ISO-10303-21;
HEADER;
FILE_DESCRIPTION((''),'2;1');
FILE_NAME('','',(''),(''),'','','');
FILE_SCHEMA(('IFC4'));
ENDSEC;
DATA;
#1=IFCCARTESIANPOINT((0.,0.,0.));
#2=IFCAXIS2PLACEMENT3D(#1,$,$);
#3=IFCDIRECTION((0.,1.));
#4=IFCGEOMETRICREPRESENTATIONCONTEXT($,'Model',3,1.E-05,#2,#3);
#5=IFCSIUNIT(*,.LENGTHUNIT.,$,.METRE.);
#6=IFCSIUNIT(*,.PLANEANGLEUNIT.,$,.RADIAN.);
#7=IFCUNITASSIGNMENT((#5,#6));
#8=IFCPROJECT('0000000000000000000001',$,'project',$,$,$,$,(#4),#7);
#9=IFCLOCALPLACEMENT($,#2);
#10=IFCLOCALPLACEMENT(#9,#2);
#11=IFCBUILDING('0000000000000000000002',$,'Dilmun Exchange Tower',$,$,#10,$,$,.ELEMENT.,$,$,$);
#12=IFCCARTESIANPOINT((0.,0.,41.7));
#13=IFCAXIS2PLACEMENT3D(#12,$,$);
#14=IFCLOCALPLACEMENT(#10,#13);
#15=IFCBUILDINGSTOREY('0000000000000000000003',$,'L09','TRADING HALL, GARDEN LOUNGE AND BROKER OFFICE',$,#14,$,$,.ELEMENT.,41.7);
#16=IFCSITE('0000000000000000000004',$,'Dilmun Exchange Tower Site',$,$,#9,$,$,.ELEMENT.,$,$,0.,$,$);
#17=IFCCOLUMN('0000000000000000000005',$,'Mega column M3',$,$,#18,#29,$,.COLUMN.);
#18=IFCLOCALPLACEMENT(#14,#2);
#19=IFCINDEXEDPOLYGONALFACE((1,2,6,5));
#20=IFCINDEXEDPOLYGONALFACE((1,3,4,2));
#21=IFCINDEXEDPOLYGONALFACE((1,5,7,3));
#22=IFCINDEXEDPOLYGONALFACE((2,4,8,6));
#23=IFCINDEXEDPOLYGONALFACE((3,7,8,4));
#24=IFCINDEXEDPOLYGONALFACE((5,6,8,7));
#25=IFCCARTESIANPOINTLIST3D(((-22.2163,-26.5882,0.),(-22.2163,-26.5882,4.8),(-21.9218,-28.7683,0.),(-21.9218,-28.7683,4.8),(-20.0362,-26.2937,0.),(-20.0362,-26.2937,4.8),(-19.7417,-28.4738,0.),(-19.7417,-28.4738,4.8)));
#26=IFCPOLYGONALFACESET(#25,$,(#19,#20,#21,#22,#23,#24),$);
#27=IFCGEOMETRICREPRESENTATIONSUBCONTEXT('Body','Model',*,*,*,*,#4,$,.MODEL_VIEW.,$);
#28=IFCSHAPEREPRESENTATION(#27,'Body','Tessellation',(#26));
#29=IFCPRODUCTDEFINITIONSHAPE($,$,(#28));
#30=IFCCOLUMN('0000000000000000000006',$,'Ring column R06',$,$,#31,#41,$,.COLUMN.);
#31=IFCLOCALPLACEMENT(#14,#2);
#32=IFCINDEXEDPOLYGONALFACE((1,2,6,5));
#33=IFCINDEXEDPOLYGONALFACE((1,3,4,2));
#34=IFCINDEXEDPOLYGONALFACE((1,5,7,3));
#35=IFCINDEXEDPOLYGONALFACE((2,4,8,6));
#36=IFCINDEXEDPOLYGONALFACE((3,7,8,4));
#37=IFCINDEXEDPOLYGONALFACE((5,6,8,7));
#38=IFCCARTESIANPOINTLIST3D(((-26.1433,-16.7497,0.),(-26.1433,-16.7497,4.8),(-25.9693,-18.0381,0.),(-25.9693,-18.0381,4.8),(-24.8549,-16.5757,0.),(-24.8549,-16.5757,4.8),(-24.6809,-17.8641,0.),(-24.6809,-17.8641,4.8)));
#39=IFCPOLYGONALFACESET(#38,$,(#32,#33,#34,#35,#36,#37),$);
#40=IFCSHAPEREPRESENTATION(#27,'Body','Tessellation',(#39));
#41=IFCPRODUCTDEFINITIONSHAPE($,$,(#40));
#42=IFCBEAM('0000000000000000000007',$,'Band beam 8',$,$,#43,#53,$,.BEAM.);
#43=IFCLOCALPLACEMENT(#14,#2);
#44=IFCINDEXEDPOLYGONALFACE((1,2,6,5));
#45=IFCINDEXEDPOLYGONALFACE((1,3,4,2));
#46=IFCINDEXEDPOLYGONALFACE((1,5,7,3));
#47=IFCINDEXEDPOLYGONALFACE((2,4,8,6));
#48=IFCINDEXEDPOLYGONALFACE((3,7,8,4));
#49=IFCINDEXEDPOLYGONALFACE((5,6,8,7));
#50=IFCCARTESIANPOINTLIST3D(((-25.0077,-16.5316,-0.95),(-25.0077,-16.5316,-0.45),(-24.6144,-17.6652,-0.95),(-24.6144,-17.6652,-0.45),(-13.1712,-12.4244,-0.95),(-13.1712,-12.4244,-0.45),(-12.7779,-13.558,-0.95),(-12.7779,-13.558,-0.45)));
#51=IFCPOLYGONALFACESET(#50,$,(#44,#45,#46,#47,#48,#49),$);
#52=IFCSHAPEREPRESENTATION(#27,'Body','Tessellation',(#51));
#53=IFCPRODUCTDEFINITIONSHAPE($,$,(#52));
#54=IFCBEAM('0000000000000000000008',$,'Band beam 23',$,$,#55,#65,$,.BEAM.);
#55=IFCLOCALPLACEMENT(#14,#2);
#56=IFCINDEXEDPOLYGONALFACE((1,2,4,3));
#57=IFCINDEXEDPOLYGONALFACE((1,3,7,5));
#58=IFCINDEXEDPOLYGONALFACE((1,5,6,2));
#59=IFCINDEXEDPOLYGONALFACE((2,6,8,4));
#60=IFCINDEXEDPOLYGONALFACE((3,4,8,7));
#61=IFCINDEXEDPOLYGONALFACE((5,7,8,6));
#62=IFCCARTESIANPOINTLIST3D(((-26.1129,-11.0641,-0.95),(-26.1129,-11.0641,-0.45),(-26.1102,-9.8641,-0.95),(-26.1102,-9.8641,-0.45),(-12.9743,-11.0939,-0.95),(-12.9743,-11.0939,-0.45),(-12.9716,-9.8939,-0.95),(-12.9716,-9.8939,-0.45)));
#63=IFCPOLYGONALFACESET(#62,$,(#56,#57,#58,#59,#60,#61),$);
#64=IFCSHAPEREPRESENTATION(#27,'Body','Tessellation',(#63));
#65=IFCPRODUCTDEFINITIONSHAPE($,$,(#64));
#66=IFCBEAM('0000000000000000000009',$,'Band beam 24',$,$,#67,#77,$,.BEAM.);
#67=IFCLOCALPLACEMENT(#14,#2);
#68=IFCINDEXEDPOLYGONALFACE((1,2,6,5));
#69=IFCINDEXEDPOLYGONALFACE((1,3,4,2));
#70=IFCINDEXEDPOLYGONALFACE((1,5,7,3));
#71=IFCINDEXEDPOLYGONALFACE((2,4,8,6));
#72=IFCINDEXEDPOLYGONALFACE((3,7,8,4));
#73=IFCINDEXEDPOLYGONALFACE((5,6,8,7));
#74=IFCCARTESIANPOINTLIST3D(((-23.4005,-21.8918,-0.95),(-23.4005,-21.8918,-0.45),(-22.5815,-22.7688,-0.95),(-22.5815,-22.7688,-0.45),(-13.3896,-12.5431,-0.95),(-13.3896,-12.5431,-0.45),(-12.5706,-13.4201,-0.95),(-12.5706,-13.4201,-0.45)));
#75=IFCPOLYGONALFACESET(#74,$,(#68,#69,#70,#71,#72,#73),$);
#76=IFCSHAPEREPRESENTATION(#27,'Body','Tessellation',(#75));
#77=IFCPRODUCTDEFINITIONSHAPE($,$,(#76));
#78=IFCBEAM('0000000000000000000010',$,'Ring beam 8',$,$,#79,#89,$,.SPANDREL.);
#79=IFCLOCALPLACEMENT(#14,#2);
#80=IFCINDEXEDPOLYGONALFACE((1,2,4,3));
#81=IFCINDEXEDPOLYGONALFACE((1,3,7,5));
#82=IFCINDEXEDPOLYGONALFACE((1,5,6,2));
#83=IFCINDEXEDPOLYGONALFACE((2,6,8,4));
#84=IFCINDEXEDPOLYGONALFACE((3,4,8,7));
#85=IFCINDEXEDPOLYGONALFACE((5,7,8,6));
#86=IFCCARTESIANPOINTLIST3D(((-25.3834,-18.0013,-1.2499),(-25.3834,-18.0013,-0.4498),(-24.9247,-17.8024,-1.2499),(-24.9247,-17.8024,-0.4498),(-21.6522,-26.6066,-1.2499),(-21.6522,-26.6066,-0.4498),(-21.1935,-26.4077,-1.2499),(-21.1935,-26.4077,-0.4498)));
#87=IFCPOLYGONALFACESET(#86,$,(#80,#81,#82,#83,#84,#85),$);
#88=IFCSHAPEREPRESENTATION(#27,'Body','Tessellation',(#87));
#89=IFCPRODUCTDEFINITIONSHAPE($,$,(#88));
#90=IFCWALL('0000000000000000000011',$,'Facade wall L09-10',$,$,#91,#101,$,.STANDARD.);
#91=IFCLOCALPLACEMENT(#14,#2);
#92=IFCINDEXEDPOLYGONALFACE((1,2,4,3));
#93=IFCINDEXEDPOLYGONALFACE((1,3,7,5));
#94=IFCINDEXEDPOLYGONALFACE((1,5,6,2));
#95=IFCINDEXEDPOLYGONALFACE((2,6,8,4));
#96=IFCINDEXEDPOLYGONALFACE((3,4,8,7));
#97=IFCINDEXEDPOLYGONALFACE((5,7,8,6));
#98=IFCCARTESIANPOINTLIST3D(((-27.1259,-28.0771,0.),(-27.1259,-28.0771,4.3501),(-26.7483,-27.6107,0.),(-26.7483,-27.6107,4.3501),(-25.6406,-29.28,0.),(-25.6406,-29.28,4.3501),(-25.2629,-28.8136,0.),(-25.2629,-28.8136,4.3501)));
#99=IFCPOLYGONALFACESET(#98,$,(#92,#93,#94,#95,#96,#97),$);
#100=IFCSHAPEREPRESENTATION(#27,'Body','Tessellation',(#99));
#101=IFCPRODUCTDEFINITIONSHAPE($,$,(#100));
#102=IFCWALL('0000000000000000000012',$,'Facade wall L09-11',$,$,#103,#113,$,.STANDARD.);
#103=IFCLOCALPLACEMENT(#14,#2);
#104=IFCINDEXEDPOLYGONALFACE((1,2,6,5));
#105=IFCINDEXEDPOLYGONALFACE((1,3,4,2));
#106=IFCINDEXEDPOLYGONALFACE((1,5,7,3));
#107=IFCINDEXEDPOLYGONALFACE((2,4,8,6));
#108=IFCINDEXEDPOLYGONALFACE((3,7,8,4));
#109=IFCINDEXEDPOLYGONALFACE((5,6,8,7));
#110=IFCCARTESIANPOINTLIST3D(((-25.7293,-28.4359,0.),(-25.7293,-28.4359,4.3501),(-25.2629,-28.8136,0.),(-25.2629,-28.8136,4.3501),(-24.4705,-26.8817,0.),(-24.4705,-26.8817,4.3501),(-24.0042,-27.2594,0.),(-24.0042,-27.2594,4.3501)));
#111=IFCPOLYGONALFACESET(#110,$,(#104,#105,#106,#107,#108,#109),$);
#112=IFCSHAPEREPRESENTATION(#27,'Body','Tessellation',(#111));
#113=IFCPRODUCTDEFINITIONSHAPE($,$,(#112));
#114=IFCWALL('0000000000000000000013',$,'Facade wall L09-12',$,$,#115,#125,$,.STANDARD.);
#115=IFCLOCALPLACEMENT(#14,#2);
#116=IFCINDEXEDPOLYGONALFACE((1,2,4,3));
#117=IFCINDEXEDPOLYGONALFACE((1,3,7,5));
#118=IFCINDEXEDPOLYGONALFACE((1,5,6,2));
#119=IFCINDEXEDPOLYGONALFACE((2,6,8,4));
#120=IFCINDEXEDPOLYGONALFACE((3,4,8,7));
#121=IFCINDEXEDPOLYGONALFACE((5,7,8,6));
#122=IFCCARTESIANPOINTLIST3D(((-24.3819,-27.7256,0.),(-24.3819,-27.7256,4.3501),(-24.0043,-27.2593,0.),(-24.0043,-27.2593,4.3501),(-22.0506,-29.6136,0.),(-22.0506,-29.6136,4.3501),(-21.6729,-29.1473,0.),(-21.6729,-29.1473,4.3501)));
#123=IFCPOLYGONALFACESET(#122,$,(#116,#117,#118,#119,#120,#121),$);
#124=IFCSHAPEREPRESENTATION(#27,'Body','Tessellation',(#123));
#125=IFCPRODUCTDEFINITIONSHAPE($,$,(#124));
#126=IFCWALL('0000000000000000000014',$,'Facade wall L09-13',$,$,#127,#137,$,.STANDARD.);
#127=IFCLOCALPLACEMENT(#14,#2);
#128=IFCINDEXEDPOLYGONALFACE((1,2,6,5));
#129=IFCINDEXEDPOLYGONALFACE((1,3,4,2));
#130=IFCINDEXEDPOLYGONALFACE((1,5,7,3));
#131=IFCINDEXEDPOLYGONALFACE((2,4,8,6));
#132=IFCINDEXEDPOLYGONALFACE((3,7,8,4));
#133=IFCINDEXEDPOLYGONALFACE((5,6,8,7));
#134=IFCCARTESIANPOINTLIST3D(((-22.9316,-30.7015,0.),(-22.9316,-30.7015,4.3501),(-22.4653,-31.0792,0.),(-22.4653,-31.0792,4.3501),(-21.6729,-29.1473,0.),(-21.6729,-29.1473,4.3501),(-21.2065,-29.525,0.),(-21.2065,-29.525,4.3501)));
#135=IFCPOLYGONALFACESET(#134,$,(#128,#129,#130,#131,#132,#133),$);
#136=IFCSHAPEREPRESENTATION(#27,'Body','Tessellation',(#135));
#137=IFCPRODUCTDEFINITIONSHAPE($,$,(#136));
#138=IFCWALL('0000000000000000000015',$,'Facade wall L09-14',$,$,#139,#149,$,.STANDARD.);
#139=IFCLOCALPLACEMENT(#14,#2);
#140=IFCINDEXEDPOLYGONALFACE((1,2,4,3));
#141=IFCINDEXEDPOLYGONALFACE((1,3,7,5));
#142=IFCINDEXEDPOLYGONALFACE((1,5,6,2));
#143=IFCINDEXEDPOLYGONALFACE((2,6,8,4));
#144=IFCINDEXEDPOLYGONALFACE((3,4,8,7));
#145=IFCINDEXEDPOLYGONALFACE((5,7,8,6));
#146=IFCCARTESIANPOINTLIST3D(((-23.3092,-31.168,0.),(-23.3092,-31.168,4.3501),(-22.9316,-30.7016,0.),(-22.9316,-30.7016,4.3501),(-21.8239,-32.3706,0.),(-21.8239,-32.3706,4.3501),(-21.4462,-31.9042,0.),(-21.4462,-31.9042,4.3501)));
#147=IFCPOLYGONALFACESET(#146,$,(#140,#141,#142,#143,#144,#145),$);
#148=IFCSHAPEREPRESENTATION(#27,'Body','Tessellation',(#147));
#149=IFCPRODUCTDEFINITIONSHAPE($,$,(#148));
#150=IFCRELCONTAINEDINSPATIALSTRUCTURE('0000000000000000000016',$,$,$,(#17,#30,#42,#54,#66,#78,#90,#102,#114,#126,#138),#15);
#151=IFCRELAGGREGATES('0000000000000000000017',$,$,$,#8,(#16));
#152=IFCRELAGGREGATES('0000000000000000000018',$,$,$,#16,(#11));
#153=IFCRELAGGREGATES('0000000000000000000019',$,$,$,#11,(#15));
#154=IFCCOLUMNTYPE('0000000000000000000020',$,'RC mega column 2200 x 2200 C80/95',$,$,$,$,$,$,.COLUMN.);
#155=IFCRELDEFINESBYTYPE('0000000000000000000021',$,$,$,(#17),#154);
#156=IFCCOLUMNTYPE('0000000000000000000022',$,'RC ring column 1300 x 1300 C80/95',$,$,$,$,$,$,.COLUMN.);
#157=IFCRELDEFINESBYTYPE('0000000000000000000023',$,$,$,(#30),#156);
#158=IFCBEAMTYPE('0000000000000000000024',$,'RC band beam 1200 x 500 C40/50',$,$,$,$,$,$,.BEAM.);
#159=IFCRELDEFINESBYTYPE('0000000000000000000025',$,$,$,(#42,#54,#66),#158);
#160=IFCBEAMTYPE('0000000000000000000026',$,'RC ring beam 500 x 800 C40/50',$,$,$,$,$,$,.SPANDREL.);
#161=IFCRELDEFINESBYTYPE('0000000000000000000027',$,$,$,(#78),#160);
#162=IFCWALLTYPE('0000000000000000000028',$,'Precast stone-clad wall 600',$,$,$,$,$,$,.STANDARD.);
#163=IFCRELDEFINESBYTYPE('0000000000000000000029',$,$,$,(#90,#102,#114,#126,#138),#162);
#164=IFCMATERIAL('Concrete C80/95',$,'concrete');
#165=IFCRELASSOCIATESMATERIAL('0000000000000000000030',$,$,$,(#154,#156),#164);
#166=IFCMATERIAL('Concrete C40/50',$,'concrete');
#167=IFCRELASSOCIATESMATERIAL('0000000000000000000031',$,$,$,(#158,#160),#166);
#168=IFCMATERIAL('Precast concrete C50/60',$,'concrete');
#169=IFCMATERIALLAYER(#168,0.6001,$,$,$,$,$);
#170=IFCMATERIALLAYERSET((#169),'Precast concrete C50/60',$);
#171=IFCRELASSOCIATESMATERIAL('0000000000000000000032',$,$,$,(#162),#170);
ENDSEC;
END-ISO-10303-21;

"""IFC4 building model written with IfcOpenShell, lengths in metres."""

from ifc_helpers import new_model, si_unit, direction, frame, frame_2d, origin, origin_2d, place, context, subcontext, project, spatial, rectangle, extrude, material, layer, layer_set, material_profile, profile_set, type_object, element, save


model = new_model("IFC4")

# Units and contexts
model_context = context("Model", 3, precision=1e-05, world=origin(), true_north=direction((0.0, 1.0)))
body_context = subcontext(model_context, "Body", "Model", "MODEL_VIEW")
ifc_project = project(units=[si_unit("LENGTHUNIT", "METRE"), si_unit("PLANEANGLEUNIT", "RADIAN")], contexts=[model_context])

# Site, building, storey
site_placement = place(None, origin())
site = spatial("IfcSite", under=ifc_project, at=site_placement, Name="Dilmun Exchange Tower Site", CompositionType="ELEMENT", RefElevation=0.0)
building_placement = place(site_placement, origin())
building = spatial("IfcBuilding", under=site, at=building_placement, Name="Dilmun Exchange Tower", CompositionType="ELEMENT")
storey_placement = place(building_placement, frame((0.0, 0.0, 41.7)))
storey = spatial("IfcBuildingStorey", under=building, at=storey_placement, Name="L09", Description="TRADING HALL, GARDEN LOUNGE AND BROKER OFFICE", CompositionType="ELEMENT", Elevation=41.7)

# Columns
ifc_material_1 = material(Name="Concrete C80/95", Category="concrete")
ifc_material_profile_1 = material_profile(ifc_material_1, rectangle(XDim=2.2, YDim=2.2, at=origin_2d()), Name="2200 x 2200")
ifc_profile_set_1 = profile_set([ifc_material_profile_1], Name="Concrete C80/95")
column_type_1 = type_object("IfcColumnType", Name="RC mega column 2200 x 2200 C80/95", PredefinedType="COLUMN", material=ifc_profile_set_1)
column_1_placement = place(storey_placement, frame((-20.979, -27.531, 0.0), z_axis=(0.0, 0.0, 1.0), x_axis=(0.991001, 0.133853, 0.0)))
element("IfcColumn", 1, at=column_1_placement, inside=storey, type_object=column_type_1, Name="Mega column M3", PredefinedType="COLUMN", context=body_context, shape_type="SweptSolid", body=[
    extrude(rectangle(XDim=2.2, YDim=2.2, at=origin_2d()), origin(), (0.0, 0.0, 1.0), 4.8),
])
ifc_material_profile_2 = material_profile(ifc_material_1, rectangle(XDim=1.3, YDim=1.3, at=origin_2d()), Name="1300 x 1300")
ifc_profile_set_2 = profile_set([ifc_material_profile_2], Name="Concrete C80/95")
column_type_2 = type_object("IfcColumnType", Name="RC ring column 1300 x 1300 C80/95", PredefinedType="COLUMN", material=ifc_profile_set_2)
column_2_placement = place(storey_placement, frame((-25.4121, -17.3069, 0.0), z_axis=(0.0, 0.0, 1.0), x_axis=(0.991001, 0.133853, 0.0)))
element("IfcColumn", 2, at=column_2_placement, inside=storey, type_object=column_type_2, Name="Ring column R06", PredefinedType="COLUMN", context=body_context, shape_type="SweptSolid", body=[
    extrude(rectangle(XDim=1.3, YDim=1.3, at=origin_2d()), origin(), (0.0, 0.0, 1.0), 4.8),
])

# Beams
ifc_material_2 = material(Name="Concrete C40/50", Category="concrete")
ifc_material_profile_3 = material_profile(ifc_material_2, rectangle(XDim=1.2, YDim=0.5, at=origin_2d()), Name="1200 x 500")
ifc_profile_set_3 = profile_set([ifc_material_profile_3], Name="Concrete C40/50")
beam_type_1 = type_object("IfcBeamType", Name="RC band beam 1200 x 500 C40/50", PredefinedType="BEAM", material=ifc_profile_set_3)
beam_1_placement = place(storey_placement, frame((-24.811, -17.0984, -0.7), z_axis=(0.94474, 0.32782, 0.0), x_axis=(-0.32782, 0.94474, 0.0)))
element("IfcBeam", 3, at=beam_1_placement, inside=storey, type_object=beam_type_1, Name="Band beam 8", PredefinedType="BEAM", context=body_context, shape_type="SweptSolid", body=[
    extrude(rectangle(XDim=1.2, YDim=0.5, at=origin_2d()), origin(), (0.0, 0.0, 1.0), 12.5288),
])
beam_2_placement = place(storey_placement, frame((-26.1116, -10.4641, -0.7), z_axis=(0.999997, -0.002267, 0.0), x_axis=(0.002267, 0.999997, 0.0)))
element("IfcBeam", 4, at=beam_2_placement, inside=storey, type_object=beam_type_1, Name="Band beam 23", PredefinedType="BEAM", context=body_context, shape_type="SweptSolid", body=[
    extrude(rectangle(XDim=1.2, YDim=0.5, at=origin_2d()), origin(), (0.0, 0.0, 1.0), 13.1387),
])
beam_3_placement = place(storey_placement, frame((-22.991, -22.3303, -0.7), z_axis=(0.730863, 0.682524, 0.0), x_axis=(-0.682524, 0.730863, 0.0)))
element("IfcBeam", 5, at=beam_3_placement, inside=storey, type_object=beam_type_1, Name="Band beam 24", PredefinedType="BEAM", context=body_context, shape_type="SweptSolid", body=[
    extrude(rectangle(XDim=1.2, YDim=0.5, at=origin_2d()), origin(), (0.0, 0.0, 1.0), 13.6973),
])
ifc_material_profile_4 = material_profile(ifc_material_2, rectangle(XDim=0.5, YDim=0.8, at=origin_2d()), Name="500 x 800")
ifc_profile_set_4 = profile_set([ifc_material_profile_4], Name="Concrete C40/50")
beam_type_2 = type_object("IfcBeamType", Name="RC ring beam 500 x 800 C40/50", PredefinedType="SPANDREL", material=ifc_profile_set_4)
beam_4_placement = place(storey_placement, frame((-25.1541, -17.9019, -0.8499), z_axis=(0.397811, -0.917467, 0.0), x_axis=(0.917467, 0.397811, 0.0)))
element("IfcBeam", 6, at=beam_4_placement, inside=storey, type_object=beam_type_2, Name="Ring beam 8", PredefinedType="SPANDREL", context=body_context, shape_type="SweptSolid", body=[
    extrude(rectangle(XDim=0.5, YDim=0.8, at=origin_2d()), origin(), (0.0, 0.0, 1.0), 9.3794),
])

# Walls
ifc_material_3 = material(Name="Precast concrete C50/60", Category="concrete")
ifc_layer = layer(ifc_material_3, 0.6001)
ifc_layer_set = layer_set([ifc_layer], Name="Precast concrete C50/60")
wall_type = type_object("IfcWallType", Name="Precast stone-clad wall 600", PredefinedType="STANDARD", material=ifc_layer_set)
wall_1_placement = place(storey_placement, frame((-26.937, -27.844, 0.0), z_axis=(0.0, 0.0, 1.0), x_axis=(0.777129, -0.629342, 0.0)))
element("IfcWall", 7, at=wall_1_placement, inside=storey, type_object=wall_type, Name="Facade wall L09-10", PredefinedType="STANDARD", context=body_context, shape_type="SweptSolid", body=[
    extrude(rectangle(XDim=1.9114, YDim=0.6001, at=frame_2d((0.9556, 0.0))), origin(), (0.0, 0.0, 1.0), 4.3501),
])
wall_2_placement = place(storey_placement, frame((-25.4961, -28.6248, 0.0), z_axis=(0.0, 0.0, 1.0), x_axis=(0.629388, 0.777091, 0.0)))
element("IfcWall", 8, at=wall_2_placement, inside=storey, type_object=wall_type, Name="Facade wall L09-11", PredefinedType="STANDARD", context=body_context, shape_type="SweptSolid", body=[
    extrude(rectangle(XDim=2.0, YDim=0.6001, at=frame_2d((1.0, 0.0))), origin(), (0.0, 0.0, 1.0), 4.3501),
])
wall_3_placement = place(storey_placement, frame((-24.1931, -27.4924, 0.0), z_axis=(0.0, 0.0, 1.0), x_axis=(0.777131, -0.629339, 0.0)))
element("IfcWall", 9, at=wall_3_placement, inside=storey, type_object=wall_type, Name="Facade wall L09-12", PredefinedType="STANDARD", context=body_context, shape_type="SweptSolid", body=[
    extrude(rectangle(XDim=3.0, YDim=0.6001, at=frame_2d((1.5, 0.0))), origin(), (0.0, 0.0, 1.0), 4.3501),
])
wall_4_placement = place(storey_placement, frame((-21.4397, -29.3362, 0.0), z_axis=(0.0, 0.0, 1.0), x_axis=(-0.629388, -0.777091, 0.0)))
element("IfcWall", 10, at=wall_4_placement, inside=storey, type_object=wall_type, Name="Facade wall L09-13", PredefinedType="STANDARD", context=body_context, shape_type="SweptSolid", body=[
    extrude(rectangle(XDim=2.0, YDim=0.6001, at=frame_2d((1.0, 0.0))), origin(), (0.0, 0.0, 1.0), 4.3501),
])
wall_5_placement = place(storey_placement, frame((-23.1204, -30.9348, 0.0), z_axis=(0.0, 0.0, 1.0), x_axis=(0.777191, -0.629264, 0.0)))
element("IfcWall", 11, at=wall_5_placement, inside=storey, type_object=wall_type, Name="Facade wall L09-14", PredefinedType="STANDARD", context=body_context, shape_type="SweptSolid", body=[
    extrude(rectangle(XDim=1.9111, YDim=0.6001, at=frame_2d((0.9556, 0.0))), origin(), (0.0, 0.0, 1.0), 4.3501),
])

save(model, "model.ifc")
